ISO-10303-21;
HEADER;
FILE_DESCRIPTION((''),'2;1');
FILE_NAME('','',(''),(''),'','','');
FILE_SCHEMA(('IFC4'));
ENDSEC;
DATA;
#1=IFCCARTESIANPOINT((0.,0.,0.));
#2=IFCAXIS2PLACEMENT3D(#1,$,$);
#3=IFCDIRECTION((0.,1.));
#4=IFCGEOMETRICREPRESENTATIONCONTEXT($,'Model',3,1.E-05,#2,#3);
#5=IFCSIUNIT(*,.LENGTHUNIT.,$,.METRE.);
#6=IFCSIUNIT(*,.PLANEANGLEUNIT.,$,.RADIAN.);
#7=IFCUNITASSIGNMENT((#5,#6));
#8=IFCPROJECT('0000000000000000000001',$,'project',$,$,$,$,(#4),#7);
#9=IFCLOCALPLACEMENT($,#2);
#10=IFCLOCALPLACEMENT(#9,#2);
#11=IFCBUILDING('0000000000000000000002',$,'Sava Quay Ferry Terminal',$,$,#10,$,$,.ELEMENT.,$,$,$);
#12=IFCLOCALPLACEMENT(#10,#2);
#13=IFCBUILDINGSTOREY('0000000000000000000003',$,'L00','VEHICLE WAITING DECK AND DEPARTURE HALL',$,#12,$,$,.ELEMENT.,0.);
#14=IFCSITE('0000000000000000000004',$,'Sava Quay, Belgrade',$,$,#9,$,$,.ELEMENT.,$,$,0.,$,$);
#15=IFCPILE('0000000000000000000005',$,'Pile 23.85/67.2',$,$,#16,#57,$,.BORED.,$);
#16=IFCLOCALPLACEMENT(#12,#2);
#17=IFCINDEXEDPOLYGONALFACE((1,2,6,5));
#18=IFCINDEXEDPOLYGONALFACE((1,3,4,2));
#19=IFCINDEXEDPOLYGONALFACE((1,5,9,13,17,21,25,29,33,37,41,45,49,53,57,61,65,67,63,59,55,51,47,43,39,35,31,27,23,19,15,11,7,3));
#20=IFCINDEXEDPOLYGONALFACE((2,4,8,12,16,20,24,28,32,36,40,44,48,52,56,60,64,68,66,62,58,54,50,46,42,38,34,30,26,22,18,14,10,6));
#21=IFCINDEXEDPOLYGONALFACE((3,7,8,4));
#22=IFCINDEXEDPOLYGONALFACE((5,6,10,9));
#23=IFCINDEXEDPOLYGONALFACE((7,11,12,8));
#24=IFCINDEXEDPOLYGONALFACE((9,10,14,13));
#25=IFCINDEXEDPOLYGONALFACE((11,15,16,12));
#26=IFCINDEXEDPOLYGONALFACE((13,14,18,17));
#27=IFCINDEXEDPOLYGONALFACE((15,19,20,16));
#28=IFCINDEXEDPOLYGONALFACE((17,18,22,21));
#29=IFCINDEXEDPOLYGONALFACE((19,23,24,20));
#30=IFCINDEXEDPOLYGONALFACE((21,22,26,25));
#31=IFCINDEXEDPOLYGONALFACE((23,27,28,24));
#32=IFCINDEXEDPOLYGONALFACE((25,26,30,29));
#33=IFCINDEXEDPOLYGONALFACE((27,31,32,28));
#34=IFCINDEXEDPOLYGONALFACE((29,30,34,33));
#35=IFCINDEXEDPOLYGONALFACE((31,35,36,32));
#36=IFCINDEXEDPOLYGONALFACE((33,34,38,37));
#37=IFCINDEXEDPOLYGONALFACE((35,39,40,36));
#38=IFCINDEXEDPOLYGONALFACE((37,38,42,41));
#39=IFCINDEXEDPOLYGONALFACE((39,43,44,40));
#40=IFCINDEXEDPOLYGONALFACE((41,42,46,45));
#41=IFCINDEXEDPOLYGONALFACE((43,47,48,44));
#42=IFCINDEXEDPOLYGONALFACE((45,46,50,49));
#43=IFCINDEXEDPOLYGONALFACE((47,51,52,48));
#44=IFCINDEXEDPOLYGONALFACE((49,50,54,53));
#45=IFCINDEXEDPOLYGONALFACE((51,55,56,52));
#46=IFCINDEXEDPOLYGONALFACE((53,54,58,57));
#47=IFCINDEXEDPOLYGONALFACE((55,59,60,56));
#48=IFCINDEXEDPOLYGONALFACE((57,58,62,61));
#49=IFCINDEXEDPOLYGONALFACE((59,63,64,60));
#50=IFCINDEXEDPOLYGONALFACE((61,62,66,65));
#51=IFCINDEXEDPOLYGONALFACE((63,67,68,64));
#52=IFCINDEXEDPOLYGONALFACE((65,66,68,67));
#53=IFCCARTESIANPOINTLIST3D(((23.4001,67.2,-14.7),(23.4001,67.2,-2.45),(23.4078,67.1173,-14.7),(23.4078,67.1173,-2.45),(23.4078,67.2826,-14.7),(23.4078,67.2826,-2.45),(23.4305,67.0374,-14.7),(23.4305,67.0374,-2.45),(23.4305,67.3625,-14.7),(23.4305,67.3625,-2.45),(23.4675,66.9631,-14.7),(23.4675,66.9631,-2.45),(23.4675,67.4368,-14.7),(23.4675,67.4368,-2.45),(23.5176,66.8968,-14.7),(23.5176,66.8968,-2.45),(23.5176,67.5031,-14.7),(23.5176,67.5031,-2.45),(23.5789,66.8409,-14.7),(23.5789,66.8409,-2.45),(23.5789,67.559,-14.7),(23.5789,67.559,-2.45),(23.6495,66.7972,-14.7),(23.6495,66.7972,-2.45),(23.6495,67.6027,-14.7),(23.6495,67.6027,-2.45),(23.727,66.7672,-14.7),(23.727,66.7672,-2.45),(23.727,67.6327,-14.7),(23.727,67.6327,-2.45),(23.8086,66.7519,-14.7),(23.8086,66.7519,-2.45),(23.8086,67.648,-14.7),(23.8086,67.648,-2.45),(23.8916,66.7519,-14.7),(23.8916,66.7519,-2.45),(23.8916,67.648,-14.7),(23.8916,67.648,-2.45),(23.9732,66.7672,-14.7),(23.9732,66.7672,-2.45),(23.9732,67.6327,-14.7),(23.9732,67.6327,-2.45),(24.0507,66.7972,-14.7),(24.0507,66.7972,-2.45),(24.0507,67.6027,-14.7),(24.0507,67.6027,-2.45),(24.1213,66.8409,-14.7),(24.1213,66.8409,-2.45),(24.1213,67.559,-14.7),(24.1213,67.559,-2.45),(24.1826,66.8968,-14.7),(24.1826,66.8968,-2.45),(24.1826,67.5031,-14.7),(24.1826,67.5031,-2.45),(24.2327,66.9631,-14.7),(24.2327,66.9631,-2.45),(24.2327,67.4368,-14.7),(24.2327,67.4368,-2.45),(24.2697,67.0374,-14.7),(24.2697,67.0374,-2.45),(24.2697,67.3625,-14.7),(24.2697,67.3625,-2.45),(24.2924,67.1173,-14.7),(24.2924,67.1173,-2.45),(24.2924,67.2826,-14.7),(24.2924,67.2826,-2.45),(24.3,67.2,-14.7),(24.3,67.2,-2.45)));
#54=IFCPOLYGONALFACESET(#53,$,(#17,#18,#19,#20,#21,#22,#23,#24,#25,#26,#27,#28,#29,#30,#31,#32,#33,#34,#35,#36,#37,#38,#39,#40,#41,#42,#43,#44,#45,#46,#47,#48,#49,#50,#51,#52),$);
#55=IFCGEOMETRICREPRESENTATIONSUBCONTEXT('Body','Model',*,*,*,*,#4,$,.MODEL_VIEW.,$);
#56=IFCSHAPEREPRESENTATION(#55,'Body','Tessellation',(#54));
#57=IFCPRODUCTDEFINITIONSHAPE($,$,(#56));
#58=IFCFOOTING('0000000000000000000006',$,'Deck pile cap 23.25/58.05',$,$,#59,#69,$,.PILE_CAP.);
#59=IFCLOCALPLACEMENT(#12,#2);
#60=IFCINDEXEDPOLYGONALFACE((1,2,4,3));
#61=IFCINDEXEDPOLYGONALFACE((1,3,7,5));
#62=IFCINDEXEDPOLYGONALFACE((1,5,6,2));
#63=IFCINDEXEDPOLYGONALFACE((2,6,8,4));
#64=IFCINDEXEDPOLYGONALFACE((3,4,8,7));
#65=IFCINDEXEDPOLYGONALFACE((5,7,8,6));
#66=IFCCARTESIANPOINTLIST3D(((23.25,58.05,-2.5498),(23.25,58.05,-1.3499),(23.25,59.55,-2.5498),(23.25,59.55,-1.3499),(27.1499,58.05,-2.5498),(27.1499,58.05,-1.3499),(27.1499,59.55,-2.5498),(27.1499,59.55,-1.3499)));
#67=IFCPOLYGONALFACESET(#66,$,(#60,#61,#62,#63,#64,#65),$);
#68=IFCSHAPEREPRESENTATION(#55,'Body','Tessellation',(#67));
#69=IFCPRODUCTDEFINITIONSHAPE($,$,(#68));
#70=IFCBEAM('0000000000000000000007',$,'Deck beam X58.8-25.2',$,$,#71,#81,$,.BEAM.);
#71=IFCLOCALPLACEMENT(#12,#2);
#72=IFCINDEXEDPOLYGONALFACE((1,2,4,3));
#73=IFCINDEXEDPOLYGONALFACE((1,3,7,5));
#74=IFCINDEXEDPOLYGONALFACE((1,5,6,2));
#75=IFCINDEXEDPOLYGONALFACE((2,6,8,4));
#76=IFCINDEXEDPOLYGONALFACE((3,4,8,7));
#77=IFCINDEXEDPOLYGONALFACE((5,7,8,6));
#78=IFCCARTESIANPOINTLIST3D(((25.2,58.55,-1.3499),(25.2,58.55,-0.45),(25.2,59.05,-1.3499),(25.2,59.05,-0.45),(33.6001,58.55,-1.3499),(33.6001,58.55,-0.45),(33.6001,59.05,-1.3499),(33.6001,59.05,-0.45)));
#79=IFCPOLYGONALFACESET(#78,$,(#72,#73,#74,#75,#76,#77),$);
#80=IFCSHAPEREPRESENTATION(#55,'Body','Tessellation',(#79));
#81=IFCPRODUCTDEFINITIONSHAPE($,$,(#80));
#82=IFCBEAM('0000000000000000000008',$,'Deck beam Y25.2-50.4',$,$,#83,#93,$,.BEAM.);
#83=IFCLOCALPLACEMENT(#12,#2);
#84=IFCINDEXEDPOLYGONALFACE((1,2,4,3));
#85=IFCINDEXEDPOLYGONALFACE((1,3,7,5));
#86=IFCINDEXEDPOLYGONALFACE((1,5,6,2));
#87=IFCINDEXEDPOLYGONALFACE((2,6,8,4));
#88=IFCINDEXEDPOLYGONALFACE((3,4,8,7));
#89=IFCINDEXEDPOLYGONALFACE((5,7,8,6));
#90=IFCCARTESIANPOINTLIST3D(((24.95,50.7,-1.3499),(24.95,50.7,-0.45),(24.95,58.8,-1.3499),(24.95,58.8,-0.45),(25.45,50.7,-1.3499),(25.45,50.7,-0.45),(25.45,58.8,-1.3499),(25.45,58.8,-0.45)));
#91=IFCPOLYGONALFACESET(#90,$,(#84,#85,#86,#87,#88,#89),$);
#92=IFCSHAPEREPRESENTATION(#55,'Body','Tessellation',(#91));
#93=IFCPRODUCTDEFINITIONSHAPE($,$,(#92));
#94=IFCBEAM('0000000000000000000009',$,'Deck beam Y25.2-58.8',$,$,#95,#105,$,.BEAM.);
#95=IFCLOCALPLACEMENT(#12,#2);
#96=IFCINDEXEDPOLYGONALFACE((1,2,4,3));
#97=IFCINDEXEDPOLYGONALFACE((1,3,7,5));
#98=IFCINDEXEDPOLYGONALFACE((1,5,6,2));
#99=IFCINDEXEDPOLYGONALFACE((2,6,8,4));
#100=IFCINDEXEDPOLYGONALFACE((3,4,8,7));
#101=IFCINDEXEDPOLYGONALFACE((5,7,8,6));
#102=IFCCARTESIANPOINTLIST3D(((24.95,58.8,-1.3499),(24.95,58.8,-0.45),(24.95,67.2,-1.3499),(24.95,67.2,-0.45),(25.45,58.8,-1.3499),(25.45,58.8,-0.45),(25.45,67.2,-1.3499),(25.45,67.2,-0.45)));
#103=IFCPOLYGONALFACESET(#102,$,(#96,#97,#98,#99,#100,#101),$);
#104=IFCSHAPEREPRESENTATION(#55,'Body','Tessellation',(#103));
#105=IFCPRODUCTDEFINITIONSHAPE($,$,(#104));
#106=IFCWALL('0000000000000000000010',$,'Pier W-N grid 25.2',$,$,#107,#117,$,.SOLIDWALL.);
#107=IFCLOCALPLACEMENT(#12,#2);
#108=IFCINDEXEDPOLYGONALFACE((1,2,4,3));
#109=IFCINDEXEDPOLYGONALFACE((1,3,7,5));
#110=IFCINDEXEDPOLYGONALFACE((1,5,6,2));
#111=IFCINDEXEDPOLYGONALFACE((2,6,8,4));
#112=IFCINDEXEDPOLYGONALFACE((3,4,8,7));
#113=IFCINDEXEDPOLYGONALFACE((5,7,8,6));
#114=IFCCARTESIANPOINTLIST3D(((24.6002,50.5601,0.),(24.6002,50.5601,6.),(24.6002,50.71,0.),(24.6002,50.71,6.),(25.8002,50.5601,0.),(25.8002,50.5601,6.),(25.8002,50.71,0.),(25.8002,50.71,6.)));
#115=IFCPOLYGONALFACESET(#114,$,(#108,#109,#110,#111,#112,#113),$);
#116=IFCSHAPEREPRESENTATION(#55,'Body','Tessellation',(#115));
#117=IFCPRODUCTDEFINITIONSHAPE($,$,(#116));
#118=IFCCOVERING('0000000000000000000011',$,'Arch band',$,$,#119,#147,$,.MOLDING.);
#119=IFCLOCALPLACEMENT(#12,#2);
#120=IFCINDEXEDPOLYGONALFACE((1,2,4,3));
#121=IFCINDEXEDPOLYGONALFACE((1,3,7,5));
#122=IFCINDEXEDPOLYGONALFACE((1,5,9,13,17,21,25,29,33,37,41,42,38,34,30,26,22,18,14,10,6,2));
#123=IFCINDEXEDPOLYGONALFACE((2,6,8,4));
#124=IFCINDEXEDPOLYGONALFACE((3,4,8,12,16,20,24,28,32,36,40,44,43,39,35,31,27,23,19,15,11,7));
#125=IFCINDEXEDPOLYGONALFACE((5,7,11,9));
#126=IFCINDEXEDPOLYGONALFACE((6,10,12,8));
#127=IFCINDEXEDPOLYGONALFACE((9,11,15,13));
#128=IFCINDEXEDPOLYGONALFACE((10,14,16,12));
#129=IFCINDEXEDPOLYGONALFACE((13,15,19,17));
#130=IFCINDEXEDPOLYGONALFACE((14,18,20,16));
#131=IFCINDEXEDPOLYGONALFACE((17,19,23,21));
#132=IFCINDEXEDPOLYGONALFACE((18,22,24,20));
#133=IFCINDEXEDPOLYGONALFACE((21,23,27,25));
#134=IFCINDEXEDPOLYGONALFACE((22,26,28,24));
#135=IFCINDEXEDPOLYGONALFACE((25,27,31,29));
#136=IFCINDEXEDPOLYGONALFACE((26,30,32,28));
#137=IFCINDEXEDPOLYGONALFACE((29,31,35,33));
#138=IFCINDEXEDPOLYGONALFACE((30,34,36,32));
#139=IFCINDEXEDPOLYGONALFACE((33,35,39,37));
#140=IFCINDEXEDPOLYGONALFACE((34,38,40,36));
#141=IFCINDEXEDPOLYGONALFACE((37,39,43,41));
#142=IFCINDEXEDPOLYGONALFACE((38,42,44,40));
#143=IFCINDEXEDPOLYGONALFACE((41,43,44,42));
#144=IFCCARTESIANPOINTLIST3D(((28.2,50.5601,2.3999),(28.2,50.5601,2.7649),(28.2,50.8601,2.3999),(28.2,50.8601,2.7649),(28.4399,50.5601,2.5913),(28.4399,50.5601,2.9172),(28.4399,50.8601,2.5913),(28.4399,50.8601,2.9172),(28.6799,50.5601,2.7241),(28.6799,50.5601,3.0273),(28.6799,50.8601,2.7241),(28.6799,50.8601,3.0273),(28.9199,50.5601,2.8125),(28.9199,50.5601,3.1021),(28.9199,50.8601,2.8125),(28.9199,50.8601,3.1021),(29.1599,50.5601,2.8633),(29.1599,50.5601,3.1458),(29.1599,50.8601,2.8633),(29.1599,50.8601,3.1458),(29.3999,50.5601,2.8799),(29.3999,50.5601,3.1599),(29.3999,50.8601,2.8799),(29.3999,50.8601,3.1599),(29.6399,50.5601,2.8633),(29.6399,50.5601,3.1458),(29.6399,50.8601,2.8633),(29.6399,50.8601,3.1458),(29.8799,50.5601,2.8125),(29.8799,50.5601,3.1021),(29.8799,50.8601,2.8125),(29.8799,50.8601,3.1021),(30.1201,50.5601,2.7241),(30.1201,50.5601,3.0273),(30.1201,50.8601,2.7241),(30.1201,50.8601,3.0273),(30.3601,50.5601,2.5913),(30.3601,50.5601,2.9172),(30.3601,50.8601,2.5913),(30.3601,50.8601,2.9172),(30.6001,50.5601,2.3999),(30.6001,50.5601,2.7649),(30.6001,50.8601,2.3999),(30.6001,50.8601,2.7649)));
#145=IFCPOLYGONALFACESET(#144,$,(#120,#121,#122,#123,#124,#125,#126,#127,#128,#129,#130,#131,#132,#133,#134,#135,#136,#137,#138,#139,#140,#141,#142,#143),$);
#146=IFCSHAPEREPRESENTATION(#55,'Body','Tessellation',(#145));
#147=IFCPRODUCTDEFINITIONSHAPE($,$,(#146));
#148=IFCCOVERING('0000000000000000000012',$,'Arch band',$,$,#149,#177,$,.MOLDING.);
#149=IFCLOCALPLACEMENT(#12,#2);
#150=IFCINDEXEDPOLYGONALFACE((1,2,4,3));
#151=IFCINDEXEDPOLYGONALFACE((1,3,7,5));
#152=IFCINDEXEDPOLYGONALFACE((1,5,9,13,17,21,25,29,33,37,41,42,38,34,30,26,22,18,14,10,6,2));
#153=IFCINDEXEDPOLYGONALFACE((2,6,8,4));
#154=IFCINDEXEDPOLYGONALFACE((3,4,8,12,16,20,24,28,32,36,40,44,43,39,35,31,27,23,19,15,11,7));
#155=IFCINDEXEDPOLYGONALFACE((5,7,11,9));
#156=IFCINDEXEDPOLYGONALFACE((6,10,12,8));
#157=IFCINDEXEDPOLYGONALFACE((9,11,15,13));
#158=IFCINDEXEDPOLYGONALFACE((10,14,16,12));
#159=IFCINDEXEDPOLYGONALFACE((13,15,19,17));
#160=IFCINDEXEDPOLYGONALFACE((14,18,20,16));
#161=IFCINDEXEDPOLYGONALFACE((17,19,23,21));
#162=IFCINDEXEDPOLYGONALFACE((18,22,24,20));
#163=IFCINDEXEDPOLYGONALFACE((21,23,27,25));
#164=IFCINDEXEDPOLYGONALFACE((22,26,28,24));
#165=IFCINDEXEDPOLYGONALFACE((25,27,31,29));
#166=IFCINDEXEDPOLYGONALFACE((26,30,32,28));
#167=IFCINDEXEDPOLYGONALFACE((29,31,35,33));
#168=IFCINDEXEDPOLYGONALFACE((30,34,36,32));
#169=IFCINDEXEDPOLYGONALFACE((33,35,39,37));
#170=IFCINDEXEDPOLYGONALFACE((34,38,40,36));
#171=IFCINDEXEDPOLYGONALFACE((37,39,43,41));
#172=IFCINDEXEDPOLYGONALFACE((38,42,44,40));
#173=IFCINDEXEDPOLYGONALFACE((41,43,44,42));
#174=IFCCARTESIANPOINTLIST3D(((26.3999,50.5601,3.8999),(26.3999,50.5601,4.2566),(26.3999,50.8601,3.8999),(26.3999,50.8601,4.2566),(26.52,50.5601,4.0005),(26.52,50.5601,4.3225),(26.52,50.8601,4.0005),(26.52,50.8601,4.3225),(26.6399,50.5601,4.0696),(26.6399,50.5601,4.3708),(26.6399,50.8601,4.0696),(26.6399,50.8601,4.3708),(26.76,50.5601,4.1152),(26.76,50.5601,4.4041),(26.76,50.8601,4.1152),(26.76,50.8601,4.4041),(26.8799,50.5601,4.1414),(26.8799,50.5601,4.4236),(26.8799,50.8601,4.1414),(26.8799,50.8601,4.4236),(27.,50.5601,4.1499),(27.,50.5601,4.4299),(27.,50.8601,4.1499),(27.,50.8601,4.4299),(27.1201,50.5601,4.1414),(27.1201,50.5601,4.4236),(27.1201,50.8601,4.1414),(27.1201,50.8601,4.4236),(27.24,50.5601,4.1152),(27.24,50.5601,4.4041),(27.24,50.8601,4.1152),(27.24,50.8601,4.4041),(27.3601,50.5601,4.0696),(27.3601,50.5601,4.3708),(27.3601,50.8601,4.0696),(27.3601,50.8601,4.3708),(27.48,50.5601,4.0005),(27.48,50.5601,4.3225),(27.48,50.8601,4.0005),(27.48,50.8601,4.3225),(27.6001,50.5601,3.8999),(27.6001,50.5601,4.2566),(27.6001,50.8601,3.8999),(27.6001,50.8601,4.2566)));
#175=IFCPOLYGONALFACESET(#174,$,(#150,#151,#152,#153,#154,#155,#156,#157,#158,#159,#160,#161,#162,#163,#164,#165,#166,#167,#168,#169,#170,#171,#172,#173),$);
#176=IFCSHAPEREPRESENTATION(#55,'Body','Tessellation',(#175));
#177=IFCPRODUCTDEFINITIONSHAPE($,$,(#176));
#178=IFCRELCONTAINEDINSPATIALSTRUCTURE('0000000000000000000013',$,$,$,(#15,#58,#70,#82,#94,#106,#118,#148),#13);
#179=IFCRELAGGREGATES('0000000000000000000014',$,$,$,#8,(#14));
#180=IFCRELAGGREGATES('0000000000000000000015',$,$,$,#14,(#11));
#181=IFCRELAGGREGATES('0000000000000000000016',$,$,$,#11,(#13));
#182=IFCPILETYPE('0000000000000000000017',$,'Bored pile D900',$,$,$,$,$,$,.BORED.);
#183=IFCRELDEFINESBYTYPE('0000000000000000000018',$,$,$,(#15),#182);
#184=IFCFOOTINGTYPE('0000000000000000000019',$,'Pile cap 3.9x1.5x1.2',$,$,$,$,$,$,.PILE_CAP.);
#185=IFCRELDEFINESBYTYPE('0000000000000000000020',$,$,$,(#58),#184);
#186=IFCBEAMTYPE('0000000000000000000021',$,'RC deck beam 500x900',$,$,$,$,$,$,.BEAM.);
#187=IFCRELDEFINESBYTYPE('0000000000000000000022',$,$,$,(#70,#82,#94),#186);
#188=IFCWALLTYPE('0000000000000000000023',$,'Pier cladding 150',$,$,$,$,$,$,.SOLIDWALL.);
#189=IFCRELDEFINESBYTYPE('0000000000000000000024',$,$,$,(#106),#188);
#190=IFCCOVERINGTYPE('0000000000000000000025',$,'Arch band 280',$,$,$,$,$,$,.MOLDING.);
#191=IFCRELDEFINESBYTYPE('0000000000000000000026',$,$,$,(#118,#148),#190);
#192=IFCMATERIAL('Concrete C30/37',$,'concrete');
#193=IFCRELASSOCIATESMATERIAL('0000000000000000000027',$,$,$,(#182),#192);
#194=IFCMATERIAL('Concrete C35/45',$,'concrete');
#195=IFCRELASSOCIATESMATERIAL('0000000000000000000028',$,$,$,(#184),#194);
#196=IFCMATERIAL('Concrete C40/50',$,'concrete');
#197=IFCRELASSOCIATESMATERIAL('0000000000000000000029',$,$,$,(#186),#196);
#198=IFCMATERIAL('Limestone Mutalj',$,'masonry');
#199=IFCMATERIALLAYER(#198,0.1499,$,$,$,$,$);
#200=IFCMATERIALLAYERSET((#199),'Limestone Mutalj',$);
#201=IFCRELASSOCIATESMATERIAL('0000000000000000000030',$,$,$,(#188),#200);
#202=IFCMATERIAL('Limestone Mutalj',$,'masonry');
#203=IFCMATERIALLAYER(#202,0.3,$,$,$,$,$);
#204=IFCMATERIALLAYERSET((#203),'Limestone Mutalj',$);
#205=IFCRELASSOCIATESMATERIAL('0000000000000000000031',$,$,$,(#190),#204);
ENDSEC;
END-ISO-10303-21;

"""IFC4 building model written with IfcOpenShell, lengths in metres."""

from ifc_helpers import new_model, si_unit, direction, frame, frame_2d, origin, origin_2d, place, context, subcontext, project, spatial, polyline, rectangle, circle, outline, extrude, material, layer, layer_set, material_profile, profile_set, type_object, element, save


model = new_model("IFC4")

# Units and contexts
model_context = context("Model", 3, precision=1e-05, world=origin(), true_north=direction((0.0, 1.0)))
body_context = subcontext(model_context, "Body", "Model", "MODEL_VIEW")
ifc_project = project(units=[si_unit("LENGTHUNIT", "METRE"), si_unit("PLANEANGLEUNIT", "RADIAN")], contexts=[model_context])

# Site, building, storey
site_placement = place(None, origin())
site = spatial("IfcSite", under=ifc_project, at=site_placement, Name="Sava Quay, Belgrade", CompositionType="ELEMENT", RefElevation=0.0)
building_placement = place(site_placement, origin())
building = spatial("IfcBuilding", under=site, at=building_placement, Name="Sava Quay Ferry Terminal", CompositionType="ELEMENT")
storey_placement = place(building_placement, origin())
storey = spatial("IfcBuildingStorey", under=building, at=storey_placement, Name="L00", Description="VEHICLE WAITING DECK AND DEPARTURE HALL", CompositionType="ELEMENT", Elevation=0.0)

# Pile
ifc_material_1 = material(Name="Concrete C30/37", Category="concrete")
ifc_material_profile_1 = material_profile(ifc_material_1, circle(Radius=0.45, at=origin_2d()), Name="Bored pile D900")
ifc_profile_set_1 = profile_set([ifc_material_profile_1], Name="Concrete C30/37")
pile_type = type_object("IfcPileType", Name="Bored pile D900", PredefinedType="BORED", material=ifc_profile_set_1)
for number, where, z_axis, x_axis, name in (
    (1, (23.8501, 67.2, -2.45), (0.0, 0.0, -1.0), (1.0, 0.0, 0.0), "Pile 23.85/67.2"),
):
    element("IfcPile", number, at=place(storey_placement, frame(where, z_axis=z_axis, x_axis=x_axis)), inside=storey, type_object=pile_type, Name=name, PredefinedType="BORED", context=body_context, shape_type="SweptSolid", body=[
        extrude(circle(Radius=0.45, at=origin_2d()), origin(), (0.0, 0.0, 1.0), 12.25),
    ])

# Footing
ifc_material_2 = material(Name="Concrete C35/45", Category="concrete")
footing_type = type_object("IfcFootingType", Name="Pile cap 3.9x1.5x1.2", PredefinedType="PILE_CAP", material=ifc_material_2)
footing_placement = place(storey_placement, frame((25.2, 58.8, -2.5498), z_axis=(0.0, 0.0, 1.0), x_axis=(1.0, 0.0, 0.0)))
element("IfcFooting", 2, at=footing_placement, inside=storey, type_object=footing_type, Name="Deck pile cap 23.25/58.05", PredefinedType="PILE_CAP", context=body_context, shape_type="SweptSolid", body=[
    extrude(rectangle(XDim=3.8999, YDim=1.5, at=origin_2d()), origin(), (0.0, 0.0, 1.0), 1.2),
])

# Beams
ifc_material_3 = material(Name="Concrete C40/50", Category="concrete")
ifc_material_profile_2 = material_profile(ifc_material_3, rectangle(XDim=0.5, YDim=0.8999, at=origin_2d()), Name="RC 500x900")
ifc_profile_set_2 = profile_set([ifc_material_profile_2], Name="Concrete C40/50")
beam_type = type_object("IfcBeamType", Name="RC deck beam 500x900", PredefinedType="BEAM", material=ifc_profile_set_2)
beam_1_placement = place(storey_placement, frame((25.2, 58.8, -0.8999), z_axis=(1.0, 0.0, 0.0), x_axis=(0.0, 1.0, 0.0)))
element("IfcBeam", 3, at=beam_1_placement, inside=storey, type_object=beam_type, Name="Deck beam X58.8-25.2", PredefinedType="BEAM", context=body_context, shape_type="SweptSolid", body=[
    extrude(rectangle(XDim=0.5, YDim=0.8999, at=origin_2d()), origin(), (0.0, 0.0, 1.0), 8.4001),
])
beam_2_placement = place(storey_placement, frame((25.2, 50.7, -0.8999), z_axis=(0.0, 1.0, 0.0), x_axis=(-1.0, 0.0, 0.0)))
element("IfcBeam", 4, at=beam_2_placement, inside=storey, type_object=beam_type, Name="Deck beam Y25.2-50.4", PredefinedType="BEAM", context=body_context, shape_type="SweptSolid", body=[
    extrude(rectangle(XDim=0.5, YDim=0.8999, at=origin_2d()), origin(), (0.0, 0.0, 1.0), 8.1001),
])
beam_3_placement = place(storey_placement, frame((25.2, 58.8, -0.8999), z_axis=(0.0, 1.0, 0.0), x_axis=(-1.0, 0.0, 0.0)))
element("IfcBeam", 5, at=beam_3_placement, inside=storey, type_object=beam_type, Name="Deck beam Y25.2-58.8", PredefinedType="BEAM", context=body_context, shape_type="SweptSolid", body=[
    extrude(rectangle(XDim=0.5, YDim=0.8999, at=origin_2d()), origin(), (0.0, 0.0, 1.0), 8.3999),
])

# Wall
ifc_material_4 = material(Name="Limestone Mutalj", Category="masonry")
ifc_layer_1 = layer(ifc_material_4, 0.1499)
ifc_layer_set_1 = layer_set([ifc_layer_1], Name="Limestone Mutalj")
wall_type = type_object("IfcWallType", Name="Pier cladding 150", PredefinedType="SOLIDWALL", material=ifc_layer_set_1)
wall_placement = place(storey_placement, frame((24.6001, 50.635, 0.0), z_axis=(0.0, 0.0, 1.0), x_axis=(1.0, 0.0, 0.0)))
element("IfcWall", 6, at=wall_placement, inside=storey, type_object=wall_type, Name="Pier W-N grid 25.2", PredefinedType="SOLIDWALL", context=body_context, shape_type="SweptSolid", body=[
    extrude(rectangle(XDim=1.2, YDim=0.1499, at=frame_2d((0.6001, 0.0))), origin(), (0.0, 0.0, 1.0), 6.0),
])

# Coverings
ifc_material_5 = material(Name="Limestone Mutalj", Category="masonry")
ifc_layer_2 = layer(ifc_material_5, 0.3)
ifc_layer_set_2 = layer_set([ifc_layer_2], Name="Limestone Mutalj")
covering_type_1 = type_object("IfcCoveringType", Name="Arch band 280", PredefinedType="MOLDING", material=ifc_layer_set_2)
covering_1_placement = place(storey_placement, frame((28.2, 50.5601, 2.3999), z_axis=(0.0, -1.0, 0.0), x_axis=(0.781799, 0.0, 0.62353)))
element("IfcCovering", 7, at=covering_1_placement, inside=storey, type_object=covering_type_1, Name="Arch band", PredefinedType="MOLDING", context=body_context, shape_type="SweptSolid", body=[
    extrude(outline(polyline([(0.0, 0.0), (0.307, 0.0), (0.5774, -0.0458), (0.8201, -0.1264), (1.0394, -0.2363), (1.2374, -0.373), (1.4147, -0.5356), (1.5706, -0.7249), (1.7033, -0.9438), (1.8082, -1.1973), (1.8764, -1.4966), (2.104, -1.2112), (2.0114, -0.9425), (1.8924, -0.7067), (1.7512, -0.4985), (1.5908, -0.3147), (1.412, -0.154), (1.2156, -0.0155), (1.0007, 0.1), (0.7665, 0.1913), (0.5102, 0.2548), (0.2276, 0.2853), (0.0, 0.0)])), origin(), (0.0, 0.0, -1.0), 0.3),
])
covering_2_placement = place(storey_placement, frame((26.3999, 50.5601, 3.8999), z_axis=(0.0, -1.0, 0.0), x_axis=(0.766686, 0.0, 0.642022)))
element("IfcCovering", 8, at=covering_2_placement, inside=storey, type_object=covering_type_1, Name="Arch band", PredefinedType="MOLDING", context=body_context, shape_type="SweptSolid", body=[
    extrude(outline(polyline([(0.0, 0.0), (0.1567, 0.0), (0.2929, -0.024), (0.4143, -0.0661), (0.523, -0.123), (0.6206, -0.1936), (0.7072, -0.2773), (0.7823, -0.3743), (0.8451, -0.4864), (0.8927, -0.6163), (0.9202, -0.7706), (1.1492, -0.4971), (1.0994, -0.3694), (1.0385, -0.2554), (0.9678, -0.1528), (0.8884, -0.0609), (0.8004, 0.0211), (0.7042, 0.0933), (0.5998, 0.1553), (0.4864, 0.207), (0.3634, 0.2469), (0.229, 0.2735), (0.0, 0.0)])), origin(), (0.0, 0.0, -1.0), 0.3),
])

save(model, "model.ifc")
